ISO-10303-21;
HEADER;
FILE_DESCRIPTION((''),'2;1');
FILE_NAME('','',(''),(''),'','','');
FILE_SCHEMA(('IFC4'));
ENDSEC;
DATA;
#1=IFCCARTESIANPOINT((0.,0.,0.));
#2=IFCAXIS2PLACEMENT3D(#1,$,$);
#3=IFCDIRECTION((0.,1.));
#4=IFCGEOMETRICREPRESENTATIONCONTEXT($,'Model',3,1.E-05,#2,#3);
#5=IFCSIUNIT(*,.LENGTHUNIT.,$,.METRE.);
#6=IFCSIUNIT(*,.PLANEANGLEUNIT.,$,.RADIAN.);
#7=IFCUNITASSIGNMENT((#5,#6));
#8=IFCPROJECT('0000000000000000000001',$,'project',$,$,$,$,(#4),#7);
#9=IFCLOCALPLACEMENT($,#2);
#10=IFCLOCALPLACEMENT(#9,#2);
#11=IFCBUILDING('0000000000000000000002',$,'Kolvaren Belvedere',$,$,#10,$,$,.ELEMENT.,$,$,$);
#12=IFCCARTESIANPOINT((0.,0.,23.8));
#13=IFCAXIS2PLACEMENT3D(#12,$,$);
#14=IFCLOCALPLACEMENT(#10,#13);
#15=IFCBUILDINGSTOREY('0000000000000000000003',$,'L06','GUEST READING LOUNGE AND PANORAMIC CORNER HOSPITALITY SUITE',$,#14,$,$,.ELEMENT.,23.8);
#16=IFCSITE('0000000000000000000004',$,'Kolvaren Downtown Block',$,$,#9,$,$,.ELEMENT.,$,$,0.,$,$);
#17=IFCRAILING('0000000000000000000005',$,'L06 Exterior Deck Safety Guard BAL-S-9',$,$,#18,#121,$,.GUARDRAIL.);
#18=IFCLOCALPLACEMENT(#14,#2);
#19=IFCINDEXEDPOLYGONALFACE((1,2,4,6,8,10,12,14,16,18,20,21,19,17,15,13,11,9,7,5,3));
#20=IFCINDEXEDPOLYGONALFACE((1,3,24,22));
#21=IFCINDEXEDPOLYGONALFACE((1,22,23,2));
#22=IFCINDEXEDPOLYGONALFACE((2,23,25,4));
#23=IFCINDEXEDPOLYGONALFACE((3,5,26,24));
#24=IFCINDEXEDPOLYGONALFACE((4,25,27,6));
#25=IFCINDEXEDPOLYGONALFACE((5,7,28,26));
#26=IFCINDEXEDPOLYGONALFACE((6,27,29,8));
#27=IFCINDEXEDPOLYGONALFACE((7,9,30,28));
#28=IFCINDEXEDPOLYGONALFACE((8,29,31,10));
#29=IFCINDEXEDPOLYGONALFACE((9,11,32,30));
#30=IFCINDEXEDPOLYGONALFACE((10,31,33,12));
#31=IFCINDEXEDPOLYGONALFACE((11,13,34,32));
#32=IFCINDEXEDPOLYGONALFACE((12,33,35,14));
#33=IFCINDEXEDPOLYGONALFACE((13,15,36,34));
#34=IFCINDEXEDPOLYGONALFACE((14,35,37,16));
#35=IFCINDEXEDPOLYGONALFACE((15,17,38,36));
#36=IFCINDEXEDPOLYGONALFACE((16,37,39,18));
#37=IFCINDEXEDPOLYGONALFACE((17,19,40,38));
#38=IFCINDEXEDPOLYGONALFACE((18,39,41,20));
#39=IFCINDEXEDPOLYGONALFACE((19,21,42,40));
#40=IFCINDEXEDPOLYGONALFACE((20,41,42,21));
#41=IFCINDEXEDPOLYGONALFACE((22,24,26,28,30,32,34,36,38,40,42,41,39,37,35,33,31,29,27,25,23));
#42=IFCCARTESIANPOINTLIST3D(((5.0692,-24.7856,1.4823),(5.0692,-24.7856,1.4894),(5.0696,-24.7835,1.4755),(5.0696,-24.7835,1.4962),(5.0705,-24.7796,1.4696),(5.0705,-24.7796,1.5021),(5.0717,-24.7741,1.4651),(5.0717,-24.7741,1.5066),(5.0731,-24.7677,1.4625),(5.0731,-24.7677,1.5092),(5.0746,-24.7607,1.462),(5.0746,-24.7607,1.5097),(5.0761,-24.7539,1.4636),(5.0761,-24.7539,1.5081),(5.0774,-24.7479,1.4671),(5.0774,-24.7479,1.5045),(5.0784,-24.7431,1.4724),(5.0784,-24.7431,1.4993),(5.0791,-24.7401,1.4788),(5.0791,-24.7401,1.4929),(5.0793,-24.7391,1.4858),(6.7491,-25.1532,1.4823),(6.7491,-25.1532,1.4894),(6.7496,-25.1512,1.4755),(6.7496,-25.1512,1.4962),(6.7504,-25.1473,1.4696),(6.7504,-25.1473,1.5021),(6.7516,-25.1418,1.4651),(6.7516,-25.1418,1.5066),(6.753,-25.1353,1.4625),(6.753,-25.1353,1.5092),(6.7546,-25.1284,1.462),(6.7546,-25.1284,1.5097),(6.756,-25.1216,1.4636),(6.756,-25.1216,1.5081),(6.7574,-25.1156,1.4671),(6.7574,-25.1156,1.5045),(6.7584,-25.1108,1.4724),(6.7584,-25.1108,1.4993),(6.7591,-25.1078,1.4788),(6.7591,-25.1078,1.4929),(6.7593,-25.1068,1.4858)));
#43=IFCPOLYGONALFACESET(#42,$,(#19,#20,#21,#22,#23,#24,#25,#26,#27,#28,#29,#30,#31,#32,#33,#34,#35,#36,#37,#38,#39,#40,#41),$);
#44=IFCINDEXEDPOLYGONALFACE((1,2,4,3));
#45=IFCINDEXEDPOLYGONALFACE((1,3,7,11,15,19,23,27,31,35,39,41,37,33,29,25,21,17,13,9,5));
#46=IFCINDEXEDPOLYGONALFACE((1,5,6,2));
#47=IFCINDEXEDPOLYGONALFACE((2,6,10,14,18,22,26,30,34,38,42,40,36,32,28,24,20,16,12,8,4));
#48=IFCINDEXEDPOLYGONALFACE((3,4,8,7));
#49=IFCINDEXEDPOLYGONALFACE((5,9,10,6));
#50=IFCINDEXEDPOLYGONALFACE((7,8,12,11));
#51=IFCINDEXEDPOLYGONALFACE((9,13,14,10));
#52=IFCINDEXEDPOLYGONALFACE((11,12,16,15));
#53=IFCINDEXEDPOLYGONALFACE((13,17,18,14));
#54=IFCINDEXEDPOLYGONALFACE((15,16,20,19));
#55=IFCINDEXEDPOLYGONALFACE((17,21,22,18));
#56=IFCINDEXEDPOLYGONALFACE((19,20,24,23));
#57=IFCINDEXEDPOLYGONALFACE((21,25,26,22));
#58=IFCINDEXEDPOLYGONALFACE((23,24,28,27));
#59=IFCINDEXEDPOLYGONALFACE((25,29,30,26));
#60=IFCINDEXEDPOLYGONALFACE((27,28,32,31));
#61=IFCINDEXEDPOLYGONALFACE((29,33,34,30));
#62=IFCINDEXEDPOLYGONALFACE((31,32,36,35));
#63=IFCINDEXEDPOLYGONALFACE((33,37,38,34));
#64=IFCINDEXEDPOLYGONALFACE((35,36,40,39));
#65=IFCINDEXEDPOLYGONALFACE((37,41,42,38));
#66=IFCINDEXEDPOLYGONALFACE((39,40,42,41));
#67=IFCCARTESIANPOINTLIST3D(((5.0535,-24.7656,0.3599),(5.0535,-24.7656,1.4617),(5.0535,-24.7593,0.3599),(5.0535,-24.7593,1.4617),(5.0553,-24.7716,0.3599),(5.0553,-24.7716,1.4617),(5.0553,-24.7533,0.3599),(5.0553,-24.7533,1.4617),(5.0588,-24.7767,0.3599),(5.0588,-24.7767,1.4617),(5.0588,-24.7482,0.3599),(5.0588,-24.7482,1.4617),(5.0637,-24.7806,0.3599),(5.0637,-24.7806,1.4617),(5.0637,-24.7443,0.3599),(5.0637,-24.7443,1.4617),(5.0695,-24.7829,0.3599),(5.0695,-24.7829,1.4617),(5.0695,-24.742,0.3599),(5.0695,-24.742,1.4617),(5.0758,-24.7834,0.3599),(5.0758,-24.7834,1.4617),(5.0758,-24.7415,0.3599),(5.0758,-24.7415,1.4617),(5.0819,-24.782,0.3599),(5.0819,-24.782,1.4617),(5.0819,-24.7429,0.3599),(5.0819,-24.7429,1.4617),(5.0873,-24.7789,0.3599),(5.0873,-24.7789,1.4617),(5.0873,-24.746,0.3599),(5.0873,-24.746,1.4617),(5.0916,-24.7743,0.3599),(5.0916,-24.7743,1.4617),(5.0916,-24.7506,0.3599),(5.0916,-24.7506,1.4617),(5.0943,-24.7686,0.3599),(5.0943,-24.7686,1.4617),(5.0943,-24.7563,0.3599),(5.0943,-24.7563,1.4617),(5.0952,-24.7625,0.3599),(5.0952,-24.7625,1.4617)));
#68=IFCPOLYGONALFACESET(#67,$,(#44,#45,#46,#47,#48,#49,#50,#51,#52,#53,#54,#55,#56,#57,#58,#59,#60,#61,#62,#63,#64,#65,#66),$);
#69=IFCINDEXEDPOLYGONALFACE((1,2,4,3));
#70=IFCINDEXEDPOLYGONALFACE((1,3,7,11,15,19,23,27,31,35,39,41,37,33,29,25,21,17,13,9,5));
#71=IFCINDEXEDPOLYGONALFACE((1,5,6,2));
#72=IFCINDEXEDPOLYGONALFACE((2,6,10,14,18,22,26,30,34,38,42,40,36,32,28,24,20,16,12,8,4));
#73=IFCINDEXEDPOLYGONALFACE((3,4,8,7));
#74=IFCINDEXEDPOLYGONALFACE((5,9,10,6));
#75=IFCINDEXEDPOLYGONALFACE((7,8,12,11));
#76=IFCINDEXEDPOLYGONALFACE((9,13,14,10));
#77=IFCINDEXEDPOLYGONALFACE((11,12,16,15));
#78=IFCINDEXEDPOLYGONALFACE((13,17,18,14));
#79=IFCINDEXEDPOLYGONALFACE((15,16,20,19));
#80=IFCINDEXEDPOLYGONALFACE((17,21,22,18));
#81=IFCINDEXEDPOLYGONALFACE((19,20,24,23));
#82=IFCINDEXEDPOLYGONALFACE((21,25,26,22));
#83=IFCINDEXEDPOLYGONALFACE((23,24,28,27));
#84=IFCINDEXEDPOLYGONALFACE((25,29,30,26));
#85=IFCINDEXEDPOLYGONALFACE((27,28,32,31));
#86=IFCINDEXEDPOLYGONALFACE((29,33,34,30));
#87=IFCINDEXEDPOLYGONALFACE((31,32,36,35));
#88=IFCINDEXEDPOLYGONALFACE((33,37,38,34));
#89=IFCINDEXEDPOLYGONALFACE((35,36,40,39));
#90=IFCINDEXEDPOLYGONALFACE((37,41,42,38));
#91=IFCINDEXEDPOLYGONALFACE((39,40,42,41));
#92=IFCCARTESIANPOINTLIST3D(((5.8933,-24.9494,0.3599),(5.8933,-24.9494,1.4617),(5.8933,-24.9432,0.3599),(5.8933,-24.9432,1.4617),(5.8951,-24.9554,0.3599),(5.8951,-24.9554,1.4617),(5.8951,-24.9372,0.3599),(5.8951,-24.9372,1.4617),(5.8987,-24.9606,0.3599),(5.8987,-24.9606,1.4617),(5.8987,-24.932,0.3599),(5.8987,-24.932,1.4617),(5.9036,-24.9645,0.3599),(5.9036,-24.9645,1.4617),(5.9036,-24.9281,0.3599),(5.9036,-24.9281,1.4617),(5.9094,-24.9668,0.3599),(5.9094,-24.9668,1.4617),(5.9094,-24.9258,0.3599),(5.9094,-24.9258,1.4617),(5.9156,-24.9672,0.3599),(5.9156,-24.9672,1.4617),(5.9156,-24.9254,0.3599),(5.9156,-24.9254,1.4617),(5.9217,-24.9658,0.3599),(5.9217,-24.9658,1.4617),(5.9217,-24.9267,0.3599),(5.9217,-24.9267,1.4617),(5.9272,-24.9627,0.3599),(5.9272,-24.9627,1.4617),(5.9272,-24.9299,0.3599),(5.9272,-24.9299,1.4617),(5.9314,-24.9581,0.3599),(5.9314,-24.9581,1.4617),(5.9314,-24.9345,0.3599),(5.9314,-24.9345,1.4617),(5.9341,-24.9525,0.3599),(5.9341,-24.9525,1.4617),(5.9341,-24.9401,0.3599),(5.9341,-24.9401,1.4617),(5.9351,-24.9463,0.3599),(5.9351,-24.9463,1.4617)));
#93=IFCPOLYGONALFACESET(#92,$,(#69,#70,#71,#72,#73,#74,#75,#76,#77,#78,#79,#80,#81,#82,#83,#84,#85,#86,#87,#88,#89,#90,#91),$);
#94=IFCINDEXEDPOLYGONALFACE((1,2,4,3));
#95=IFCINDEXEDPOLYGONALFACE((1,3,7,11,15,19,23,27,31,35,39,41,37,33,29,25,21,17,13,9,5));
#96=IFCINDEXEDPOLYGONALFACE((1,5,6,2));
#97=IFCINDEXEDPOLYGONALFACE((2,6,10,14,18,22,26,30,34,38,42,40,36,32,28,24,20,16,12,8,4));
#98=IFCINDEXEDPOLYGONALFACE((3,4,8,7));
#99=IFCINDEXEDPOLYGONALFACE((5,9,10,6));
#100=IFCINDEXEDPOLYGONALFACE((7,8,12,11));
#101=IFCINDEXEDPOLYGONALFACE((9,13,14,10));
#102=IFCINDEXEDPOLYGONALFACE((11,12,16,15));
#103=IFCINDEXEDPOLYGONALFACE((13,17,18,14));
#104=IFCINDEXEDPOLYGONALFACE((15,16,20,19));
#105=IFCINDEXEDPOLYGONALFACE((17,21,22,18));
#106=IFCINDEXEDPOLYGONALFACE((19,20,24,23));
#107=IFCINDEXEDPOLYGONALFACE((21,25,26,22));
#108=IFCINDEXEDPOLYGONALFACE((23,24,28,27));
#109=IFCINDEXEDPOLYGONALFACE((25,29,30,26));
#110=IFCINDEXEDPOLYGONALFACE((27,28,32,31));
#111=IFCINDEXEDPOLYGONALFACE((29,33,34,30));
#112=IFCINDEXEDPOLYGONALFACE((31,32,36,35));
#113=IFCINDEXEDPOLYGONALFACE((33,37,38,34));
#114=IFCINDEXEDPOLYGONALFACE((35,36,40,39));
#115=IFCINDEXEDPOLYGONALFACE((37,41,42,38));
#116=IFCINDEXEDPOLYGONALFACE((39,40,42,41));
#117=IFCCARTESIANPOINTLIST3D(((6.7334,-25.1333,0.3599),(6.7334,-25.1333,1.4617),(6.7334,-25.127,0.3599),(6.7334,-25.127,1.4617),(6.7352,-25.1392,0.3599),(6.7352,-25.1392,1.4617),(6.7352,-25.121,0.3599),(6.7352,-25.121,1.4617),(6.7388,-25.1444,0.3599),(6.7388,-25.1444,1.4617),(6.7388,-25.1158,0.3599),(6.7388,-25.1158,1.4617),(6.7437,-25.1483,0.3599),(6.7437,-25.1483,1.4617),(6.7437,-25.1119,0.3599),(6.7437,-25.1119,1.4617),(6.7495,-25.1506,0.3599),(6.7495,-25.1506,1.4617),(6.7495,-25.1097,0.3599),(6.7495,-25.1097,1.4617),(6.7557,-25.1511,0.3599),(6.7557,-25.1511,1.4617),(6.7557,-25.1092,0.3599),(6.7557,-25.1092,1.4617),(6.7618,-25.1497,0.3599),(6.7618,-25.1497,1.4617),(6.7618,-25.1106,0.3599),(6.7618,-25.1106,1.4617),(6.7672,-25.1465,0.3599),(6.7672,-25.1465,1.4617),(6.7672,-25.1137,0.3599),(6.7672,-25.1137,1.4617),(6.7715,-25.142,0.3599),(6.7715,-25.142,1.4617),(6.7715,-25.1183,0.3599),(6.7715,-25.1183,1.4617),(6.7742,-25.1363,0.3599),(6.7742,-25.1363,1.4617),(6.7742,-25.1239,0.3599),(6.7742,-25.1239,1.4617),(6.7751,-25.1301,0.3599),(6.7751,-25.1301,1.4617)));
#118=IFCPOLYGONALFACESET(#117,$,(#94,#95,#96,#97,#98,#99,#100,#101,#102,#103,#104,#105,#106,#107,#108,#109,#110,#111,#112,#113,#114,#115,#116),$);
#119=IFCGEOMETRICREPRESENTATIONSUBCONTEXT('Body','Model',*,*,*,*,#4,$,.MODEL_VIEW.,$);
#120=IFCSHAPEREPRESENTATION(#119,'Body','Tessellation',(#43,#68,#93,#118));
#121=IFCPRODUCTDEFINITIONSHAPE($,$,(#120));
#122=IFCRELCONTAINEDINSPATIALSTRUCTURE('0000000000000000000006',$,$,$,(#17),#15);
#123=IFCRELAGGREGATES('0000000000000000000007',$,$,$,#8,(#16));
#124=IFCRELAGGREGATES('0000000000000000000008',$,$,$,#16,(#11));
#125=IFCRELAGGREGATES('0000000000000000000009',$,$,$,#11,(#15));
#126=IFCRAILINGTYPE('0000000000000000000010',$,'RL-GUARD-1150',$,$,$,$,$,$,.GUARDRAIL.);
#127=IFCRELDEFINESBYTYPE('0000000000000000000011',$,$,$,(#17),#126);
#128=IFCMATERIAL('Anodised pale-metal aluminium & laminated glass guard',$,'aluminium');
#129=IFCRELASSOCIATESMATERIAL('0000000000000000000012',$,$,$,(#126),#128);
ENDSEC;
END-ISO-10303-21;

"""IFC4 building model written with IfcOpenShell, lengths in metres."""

from ifc_helpers import new_model, si_unit, direction, frame, origin, origin_2d, place, context, subcontext, project, spatial, circle, extrude, material, type_object, element, save


model = new_model("IFC4")

# Units and contexts
model_context = context("Model", 3, precision=1e-05, world=origin(), true_north=direction((0.0, 1.0)))
body_context = subcontext(model_context, "Body", "Model", "MODEL_VIEW")
ifc_project = project(units=[si_unit("LENGTHUNIT", "METRE"), si_unit("PLANEANGLEUNIT", "RADIAN")], contexts=[model_context])

# Site, building, storey
site_placement = place(None, origin())
site = spatial("IfcSite", under=ifc_project, at=site_placement, Name="Kolvaren Downtown Block", CompositionType="ELEMENT", RefElevation=0.0)
building_placement = place(site_placement, origin())
building = spatial("IfcBuilding", under=site, at=building_placement, Name="Kolvaren Belvedere", CompositionType="ELEMENT")
storey_placement = place(building_placement, frame((0.0, 0.0, 23.8)))
storey = spatial("IfcBuildingStorey", under=building, at=storey_placement, Name="L06", Description="GUEST READING LOUNGE AND PANORAMIC CORNER HOSPITALITY SUITE", CompositionType="ELEMENT", Elevation=23.8)

# Railing
ifc_material_1 = material(Name="Anodised pale-metal aluminium & laminated glass guard", Category="aluminium")
railing_type = type_object("IfcRailingType", Name="RL-GUARD-1150", PredefinedType="GUARDRAIL", material=ifc_material_1)
railing_1_placement = place(storey_placement, frame((5.0742, -24.7625, 0.3599)))
element("IfcRailing", 1, at=railing_1_placement, inside=storey, type_object=railing_type, Name="L06 Exterior Deck Safety Guard BAL-S-9", PredefinedType="GUARDRAIL", context=body_context, shape_type="SweptSolid", body=[
    extrude(circle(Radius=0.0239, at=origin_2d()), frame((0.0, 0.0, 1.126), z_axis=(0.976877, -0.213803, 0.0), x_axis=(0.213803, 0.976877, 0.0)), (0.0, 0.0, 1.0), 1.7197),
    extrude(circle(Radius=0.021, at=origin_2d()), origin(), (0.0, 0.0, 1.0), 1.1018),
    extrude(circle(Radius=0.021, at=origin_2d()), frame((0.8398, -0.1838, 0.0)), (0.0, 0.0, 1.0), 1.1018),
    extrude(circle(Radius=0.021, at=origin_2d()), frame((1.6799, -0.3677, 0.0)), (0.0, 0.0, 1.0), 1.1018),
])

save(model, "model.ifc")
